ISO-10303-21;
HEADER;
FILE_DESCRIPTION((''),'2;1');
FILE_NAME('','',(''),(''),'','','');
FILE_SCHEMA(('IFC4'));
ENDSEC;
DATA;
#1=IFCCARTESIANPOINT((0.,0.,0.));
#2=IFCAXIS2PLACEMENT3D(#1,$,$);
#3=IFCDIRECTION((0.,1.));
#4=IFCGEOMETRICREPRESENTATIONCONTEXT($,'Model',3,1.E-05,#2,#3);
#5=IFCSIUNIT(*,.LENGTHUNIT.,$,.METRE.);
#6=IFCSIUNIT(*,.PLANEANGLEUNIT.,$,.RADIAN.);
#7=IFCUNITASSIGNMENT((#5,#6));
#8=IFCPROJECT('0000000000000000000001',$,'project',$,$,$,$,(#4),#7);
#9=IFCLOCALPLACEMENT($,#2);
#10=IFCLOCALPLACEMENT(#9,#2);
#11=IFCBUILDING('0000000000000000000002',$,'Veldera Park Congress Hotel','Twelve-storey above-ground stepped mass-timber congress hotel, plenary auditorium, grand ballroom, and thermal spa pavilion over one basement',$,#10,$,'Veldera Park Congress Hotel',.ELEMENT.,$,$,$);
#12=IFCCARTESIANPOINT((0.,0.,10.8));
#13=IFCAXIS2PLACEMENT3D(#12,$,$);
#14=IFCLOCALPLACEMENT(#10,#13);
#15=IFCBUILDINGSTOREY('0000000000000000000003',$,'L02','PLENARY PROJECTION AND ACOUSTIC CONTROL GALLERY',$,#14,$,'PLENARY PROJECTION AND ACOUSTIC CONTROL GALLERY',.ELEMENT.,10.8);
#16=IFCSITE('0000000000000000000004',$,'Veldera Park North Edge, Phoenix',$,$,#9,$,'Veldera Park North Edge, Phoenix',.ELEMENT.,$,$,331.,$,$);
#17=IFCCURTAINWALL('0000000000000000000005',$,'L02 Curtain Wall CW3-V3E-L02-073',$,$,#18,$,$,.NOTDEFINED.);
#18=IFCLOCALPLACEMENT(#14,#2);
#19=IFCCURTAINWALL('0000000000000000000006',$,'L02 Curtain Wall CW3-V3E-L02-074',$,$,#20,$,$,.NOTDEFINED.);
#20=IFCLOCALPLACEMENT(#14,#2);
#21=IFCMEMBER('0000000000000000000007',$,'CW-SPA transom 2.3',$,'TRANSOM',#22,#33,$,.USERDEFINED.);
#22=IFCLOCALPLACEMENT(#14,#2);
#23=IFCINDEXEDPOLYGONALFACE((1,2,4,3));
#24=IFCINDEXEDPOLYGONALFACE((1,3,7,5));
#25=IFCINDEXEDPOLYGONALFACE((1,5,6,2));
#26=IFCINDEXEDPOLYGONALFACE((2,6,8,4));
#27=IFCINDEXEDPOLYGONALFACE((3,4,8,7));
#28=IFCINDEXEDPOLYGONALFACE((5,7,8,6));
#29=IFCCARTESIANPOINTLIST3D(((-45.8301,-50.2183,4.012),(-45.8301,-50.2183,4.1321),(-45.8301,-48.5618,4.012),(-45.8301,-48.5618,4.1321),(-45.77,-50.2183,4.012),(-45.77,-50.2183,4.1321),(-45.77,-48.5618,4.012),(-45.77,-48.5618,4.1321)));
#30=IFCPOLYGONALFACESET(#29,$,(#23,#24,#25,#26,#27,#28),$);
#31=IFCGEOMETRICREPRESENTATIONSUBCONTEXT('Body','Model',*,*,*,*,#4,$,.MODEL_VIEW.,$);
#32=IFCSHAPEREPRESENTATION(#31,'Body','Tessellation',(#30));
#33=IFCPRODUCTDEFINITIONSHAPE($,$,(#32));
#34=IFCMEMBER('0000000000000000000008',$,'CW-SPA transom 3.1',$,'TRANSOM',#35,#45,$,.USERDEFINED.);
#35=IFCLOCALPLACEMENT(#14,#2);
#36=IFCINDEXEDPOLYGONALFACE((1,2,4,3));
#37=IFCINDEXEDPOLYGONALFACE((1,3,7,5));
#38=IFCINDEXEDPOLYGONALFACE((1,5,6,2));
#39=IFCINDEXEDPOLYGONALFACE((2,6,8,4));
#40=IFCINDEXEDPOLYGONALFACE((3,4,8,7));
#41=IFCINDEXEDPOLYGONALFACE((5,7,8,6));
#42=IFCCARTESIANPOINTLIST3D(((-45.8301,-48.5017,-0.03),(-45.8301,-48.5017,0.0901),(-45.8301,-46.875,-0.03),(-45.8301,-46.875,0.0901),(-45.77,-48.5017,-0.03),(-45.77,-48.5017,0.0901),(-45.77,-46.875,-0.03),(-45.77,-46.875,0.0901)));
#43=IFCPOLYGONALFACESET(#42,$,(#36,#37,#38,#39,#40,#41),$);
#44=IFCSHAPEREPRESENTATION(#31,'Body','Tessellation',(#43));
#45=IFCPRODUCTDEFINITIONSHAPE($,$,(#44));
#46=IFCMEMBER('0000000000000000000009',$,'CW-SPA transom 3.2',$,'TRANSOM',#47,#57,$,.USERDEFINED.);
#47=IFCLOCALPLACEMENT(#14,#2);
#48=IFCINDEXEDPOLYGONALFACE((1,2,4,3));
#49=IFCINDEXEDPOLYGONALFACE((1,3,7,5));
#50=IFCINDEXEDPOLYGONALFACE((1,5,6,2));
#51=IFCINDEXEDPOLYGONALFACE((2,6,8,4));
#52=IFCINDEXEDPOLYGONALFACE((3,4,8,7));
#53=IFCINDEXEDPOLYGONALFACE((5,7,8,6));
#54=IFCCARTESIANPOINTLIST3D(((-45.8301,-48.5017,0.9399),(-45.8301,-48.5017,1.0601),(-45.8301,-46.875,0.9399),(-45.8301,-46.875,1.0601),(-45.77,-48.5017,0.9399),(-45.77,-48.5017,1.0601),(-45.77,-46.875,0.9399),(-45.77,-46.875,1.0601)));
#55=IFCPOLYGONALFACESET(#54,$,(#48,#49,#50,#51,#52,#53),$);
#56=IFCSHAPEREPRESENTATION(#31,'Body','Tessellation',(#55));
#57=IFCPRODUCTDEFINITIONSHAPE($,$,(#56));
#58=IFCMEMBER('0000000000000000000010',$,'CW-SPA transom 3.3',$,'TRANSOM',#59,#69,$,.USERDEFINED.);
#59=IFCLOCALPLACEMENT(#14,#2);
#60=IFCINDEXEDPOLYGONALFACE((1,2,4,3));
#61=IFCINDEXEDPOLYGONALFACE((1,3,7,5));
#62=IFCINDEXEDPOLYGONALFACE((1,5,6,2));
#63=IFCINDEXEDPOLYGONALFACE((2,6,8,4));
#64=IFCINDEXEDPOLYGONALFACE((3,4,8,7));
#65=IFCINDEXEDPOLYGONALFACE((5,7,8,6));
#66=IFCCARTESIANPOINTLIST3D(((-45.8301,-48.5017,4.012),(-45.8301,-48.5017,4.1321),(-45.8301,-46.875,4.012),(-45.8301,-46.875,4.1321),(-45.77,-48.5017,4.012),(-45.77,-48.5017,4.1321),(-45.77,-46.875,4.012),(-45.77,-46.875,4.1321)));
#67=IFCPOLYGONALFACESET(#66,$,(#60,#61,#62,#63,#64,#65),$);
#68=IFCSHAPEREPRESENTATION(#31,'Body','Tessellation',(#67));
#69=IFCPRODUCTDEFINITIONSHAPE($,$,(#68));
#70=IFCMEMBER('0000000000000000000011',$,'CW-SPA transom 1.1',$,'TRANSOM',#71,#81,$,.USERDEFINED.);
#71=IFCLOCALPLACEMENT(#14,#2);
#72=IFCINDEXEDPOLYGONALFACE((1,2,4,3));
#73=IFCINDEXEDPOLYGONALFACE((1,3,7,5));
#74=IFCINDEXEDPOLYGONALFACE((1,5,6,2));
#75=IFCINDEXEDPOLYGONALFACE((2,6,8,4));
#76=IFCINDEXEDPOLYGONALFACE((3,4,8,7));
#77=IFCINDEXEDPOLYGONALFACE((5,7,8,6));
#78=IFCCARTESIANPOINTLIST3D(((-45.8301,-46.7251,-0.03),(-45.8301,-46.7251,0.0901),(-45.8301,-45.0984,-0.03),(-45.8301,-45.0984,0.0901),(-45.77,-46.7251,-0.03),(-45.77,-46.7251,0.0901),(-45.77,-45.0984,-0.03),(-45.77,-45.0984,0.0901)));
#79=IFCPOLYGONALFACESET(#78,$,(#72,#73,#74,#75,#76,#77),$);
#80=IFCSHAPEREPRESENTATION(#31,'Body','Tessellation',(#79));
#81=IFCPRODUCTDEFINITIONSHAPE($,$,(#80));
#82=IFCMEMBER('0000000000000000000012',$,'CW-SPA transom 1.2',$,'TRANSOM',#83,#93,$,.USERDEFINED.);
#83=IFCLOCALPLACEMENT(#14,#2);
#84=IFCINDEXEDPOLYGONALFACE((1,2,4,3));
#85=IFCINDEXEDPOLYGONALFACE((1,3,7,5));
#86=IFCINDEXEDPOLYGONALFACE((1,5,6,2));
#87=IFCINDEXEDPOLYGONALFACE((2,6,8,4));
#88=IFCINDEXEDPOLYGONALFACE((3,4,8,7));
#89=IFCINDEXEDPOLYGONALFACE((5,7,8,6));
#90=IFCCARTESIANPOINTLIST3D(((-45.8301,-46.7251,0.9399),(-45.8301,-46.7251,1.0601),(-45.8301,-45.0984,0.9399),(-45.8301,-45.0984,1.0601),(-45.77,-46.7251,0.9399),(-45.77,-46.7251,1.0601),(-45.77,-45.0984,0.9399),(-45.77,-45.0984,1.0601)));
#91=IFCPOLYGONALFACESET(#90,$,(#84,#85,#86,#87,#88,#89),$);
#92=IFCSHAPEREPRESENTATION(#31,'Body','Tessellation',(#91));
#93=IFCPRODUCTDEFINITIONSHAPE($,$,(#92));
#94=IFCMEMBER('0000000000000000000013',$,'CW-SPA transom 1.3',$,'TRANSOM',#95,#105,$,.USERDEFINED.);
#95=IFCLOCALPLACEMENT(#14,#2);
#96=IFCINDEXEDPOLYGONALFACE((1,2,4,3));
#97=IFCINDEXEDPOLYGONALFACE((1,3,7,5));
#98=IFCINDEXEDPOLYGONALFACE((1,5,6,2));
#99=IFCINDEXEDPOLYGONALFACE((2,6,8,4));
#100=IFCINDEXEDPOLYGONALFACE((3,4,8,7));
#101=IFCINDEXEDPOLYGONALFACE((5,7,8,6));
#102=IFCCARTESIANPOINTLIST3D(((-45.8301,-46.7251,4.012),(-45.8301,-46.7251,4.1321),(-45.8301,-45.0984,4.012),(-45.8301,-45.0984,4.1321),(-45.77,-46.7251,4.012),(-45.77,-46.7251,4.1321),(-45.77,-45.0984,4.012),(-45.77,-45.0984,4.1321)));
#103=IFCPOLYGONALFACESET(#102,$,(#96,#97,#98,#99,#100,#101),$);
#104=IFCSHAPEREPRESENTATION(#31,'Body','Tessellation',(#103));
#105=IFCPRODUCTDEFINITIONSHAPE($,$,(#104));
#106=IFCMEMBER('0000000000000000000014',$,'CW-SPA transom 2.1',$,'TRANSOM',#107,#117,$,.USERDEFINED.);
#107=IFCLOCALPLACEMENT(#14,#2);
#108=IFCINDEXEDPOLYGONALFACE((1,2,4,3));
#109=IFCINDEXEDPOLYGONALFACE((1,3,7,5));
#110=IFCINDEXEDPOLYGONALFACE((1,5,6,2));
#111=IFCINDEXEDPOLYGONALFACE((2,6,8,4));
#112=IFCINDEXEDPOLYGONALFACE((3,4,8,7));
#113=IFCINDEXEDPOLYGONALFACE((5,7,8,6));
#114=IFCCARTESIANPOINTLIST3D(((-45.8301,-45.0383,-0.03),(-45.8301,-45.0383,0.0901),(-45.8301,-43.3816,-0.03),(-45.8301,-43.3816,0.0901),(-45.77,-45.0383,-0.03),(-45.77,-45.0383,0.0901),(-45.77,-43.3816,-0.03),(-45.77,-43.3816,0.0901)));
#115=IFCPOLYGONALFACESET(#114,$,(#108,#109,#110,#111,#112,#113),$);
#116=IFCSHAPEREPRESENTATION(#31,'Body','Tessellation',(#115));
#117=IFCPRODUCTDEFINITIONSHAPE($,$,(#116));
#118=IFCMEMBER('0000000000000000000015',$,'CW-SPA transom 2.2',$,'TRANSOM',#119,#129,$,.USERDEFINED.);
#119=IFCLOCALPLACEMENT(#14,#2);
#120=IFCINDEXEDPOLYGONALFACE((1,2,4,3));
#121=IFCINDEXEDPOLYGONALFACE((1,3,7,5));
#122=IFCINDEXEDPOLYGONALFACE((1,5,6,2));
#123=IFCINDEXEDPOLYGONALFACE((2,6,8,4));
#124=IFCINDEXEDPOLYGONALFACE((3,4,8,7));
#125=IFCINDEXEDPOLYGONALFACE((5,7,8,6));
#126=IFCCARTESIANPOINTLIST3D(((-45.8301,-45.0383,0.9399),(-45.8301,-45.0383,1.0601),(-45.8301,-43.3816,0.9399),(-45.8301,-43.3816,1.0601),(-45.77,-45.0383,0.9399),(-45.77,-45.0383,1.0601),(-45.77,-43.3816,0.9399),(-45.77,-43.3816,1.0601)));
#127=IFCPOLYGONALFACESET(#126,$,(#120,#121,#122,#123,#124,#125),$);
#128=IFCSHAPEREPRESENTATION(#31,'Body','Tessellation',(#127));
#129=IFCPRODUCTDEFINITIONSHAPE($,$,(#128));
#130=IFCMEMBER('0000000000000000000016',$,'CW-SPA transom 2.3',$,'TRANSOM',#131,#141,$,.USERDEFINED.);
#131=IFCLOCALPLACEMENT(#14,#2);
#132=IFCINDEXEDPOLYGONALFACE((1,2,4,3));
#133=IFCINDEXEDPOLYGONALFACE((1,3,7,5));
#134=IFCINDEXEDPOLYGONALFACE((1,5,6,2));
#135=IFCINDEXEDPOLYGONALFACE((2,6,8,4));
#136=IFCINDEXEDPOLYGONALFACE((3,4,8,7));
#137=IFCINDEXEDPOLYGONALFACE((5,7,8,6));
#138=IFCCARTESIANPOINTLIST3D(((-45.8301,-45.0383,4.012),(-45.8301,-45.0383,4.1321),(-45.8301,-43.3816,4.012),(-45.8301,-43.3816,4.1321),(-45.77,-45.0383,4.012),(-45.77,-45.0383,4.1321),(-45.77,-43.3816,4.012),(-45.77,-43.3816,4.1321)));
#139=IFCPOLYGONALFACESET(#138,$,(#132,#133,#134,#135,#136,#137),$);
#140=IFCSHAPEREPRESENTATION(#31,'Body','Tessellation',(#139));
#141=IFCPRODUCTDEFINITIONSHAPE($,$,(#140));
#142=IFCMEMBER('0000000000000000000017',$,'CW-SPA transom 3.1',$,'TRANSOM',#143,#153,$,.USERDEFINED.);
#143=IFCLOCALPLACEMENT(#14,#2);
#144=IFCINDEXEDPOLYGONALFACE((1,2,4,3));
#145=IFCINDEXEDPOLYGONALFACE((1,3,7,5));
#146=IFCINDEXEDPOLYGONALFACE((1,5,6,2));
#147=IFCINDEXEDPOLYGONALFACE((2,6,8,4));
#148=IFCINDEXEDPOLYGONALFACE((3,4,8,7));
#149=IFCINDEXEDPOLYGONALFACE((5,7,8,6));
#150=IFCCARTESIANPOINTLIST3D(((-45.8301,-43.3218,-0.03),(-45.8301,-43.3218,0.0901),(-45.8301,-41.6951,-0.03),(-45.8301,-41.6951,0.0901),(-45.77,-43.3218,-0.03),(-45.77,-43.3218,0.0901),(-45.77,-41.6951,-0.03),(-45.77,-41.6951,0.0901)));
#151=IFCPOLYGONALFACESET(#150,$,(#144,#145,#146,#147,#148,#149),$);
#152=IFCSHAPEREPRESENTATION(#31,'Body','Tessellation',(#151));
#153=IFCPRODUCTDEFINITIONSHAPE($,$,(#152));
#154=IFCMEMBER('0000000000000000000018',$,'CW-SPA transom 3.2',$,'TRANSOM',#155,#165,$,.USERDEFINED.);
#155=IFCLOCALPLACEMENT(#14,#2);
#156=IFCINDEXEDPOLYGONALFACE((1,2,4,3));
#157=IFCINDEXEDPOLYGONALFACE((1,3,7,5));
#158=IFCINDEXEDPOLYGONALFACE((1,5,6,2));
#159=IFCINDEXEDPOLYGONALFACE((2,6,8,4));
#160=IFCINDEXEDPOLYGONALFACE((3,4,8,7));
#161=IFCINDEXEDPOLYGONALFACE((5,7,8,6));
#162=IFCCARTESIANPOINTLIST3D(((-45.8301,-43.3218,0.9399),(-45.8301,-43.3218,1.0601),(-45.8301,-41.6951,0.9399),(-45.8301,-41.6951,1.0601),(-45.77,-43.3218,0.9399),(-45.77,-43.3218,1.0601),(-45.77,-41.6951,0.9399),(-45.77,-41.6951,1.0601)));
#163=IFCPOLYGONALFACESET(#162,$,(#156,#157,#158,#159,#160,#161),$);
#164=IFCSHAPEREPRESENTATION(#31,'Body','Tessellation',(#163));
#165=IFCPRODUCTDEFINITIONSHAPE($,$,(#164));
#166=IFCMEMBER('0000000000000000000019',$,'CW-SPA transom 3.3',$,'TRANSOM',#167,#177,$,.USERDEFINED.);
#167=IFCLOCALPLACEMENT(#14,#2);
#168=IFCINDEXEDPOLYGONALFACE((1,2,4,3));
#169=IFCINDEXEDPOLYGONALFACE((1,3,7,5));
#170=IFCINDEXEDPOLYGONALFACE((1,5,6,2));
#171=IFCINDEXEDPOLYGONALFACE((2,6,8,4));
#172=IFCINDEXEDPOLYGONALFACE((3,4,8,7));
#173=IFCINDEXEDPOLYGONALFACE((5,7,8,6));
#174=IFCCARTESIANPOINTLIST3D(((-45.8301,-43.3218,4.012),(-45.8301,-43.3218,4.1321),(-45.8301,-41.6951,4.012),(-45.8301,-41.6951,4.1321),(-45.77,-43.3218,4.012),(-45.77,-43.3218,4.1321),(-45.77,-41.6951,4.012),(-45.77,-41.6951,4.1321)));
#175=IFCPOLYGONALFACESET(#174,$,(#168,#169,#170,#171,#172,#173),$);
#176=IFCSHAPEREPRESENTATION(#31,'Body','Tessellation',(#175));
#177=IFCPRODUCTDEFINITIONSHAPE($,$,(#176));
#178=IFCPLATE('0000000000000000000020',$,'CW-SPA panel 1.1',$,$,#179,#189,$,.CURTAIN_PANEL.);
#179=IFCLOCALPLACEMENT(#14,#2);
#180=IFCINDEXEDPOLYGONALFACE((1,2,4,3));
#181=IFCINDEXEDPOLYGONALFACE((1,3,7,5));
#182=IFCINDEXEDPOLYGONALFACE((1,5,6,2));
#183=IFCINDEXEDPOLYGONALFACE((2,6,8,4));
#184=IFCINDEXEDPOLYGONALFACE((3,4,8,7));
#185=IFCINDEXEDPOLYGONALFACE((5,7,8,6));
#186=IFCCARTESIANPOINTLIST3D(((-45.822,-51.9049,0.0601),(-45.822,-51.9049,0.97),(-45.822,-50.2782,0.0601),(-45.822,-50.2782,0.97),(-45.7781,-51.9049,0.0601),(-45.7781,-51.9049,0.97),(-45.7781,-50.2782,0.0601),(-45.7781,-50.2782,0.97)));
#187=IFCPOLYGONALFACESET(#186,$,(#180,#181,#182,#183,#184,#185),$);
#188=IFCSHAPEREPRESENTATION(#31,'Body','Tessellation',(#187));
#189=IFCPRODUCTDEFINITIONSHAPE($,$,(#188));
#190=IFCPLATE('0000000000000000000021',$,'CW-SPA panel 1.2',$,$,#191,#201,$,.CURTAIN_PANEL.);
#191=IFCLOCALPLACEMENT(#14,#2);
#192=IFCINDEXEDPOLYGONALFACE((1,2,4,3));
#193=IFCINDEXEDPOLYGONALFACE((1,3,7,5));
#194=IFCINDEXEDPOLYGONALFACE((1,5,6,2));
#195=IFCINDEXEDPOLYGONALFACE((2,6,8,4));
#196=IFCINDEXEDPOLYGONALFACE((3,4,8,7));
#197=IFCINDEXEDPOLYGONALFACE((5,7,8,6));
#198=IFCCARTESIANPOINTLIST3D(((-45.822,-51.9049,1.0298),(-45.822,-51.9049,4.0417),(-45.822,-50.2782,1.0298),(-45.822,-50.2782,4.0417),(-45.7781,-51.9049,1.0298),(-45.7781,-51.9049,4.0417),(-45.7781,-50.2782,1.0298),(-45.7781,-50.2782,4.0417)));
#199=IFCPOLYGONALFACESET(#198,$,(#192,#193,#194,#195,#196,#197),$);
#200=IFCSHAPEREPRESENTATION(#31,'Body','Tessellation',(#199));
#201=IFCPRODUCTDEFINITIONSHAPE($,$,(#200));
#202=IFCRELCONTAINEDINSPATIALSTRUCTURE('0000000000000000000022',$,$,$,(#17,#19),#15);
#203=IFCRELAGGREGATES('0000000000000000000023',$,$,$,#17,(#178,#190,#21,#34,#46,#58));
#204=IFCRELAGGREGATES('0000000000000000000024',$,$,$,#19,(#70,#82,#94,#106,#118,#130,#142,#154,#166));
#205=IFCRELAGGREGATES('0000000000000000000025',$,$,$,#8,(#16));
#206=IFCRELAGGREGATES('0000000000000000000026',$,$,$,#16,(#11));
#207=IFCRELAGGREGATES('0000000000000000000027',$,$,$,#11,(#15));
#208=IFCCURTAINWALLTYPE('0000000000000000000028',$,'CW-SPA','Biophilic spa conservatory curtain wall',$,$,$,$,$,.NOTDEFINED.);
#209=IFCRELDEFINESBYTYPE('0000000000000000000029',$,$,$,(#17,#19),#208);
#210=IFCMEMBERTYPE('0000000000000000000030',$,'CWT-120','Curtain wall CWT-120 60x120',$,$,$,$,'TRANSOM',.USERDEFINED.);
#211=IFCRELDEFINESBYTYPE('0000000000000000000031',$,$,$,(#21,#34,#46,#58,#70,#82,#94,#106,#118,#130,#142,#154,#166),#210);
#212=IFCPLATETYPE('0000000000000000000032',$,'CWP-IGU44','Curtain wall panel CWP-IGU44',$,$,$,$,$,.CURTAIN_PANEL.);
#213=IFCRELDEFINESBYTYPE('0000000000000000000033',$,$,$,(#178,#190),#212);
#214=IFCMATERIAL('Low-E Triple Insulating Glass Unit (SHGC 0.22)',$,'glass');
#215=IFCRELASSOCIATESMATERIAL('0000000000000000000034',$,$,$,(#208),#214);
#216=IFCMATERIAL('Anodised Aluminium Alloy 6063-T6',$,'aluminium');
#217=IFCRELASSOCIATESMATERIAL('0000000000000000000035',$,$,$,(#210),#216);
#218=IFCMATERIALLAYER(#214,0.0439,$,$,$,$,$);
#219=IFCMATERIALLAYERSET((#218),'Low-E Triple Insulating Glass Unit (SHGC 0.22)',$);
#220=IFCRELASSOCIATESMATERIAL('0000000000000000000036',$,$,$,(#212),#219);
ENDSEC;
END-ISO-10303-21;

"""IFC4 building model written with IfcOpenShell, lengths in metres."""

from ifc_helpers import new_model, si_unit, direction, frame, origin, origin_2d, place, context, subcontext, project, spatial, rectangle, extrude, material, layer, layer_set, material_profile, profile_set, type_object, element, aggregate, save


model = new_model("IFC4")

# Units and contexts
model_context = context("Model", 3, precision=1e-05, world=origin(), true_north=direction((0.0, 1.0)))
body_context = subcontext(model_context, "Body", "Model", "MODEL_VIEW")
ifc_project = project(units=[si_unit("LENGTHUNIT", "METRE"), si_unit("PLANEANGLEUNIT", "RADIAN")], contexts=[model_context])

# Site, building, storey
site_placement = place(None, origin())
site = spatial("IfcSite", under=ifc_project, at=site_placement, Name="Veldera Park North Edge, Phoenix", LongName="Veldera Park North Edge, Phoenix", CompositionType="ELEMENT", RefElevation=331.0)
building_placement = place(site_placement, origin())
building = spatial("IfcBuilding", under=site, at=building_placement, Name="Veldera Park Congress Hotel", Description="Twelve-storey above-ground stepped mass-timber congress hotel, plenary auditorium, grand ballroom, and thermal spa pavilion over one basement", LongName="Veldera Park Congress Hotel", CompositionType="ELEMENT")
storey_placement = place(building_placement, frame((0.0, 0.0, 10.8)))
storey = spatial("IfcBuildingStorey", under=building, at=storey_placement, Name="L02", Description="PLENARY PROJECTION AND ACOUSTIC CONTROL GALLERY", LongName="PLENARY PROJECTION AND ACOUSTIC CONTROL GALLERY", CompositionType="ELEMENT", Elevation=10.8)

# Curtain walls
ifc_material_1 = material(Name="Low-E Triple Insulating Glass Unit (SHGC 0.22)", Category="glass")
curtain_wall_type = type_object("IfcCurtainWallType", Name="CW-SPA", Description="Biophilic spa conservatory curtain wall", PredefinedType="NOTDEFINED", material=ifc_material_1)
curtain_wall_1_placement = place(storey_placement, origin())
curtain_wall_1 = element("IfcCurtainWall", 1, at=curtain_wall_1_placement, inside=storey, type_object=curtain_wall_type, Name="L02 Curtain Wall CW3-V3E-L02-073", PredefinedType="NOTDEFINED")
ifc_material_2 = material(Name="Anodised Aluminium Alloy 6063-T6", Category="aluminium")
curtain_wall_2_placement = place(storey_placement, origin())
curtain_wall_2 = element("IfcCurtainWall", 2, at=curtain_wall_2_placement, inside=storey, type_object=curtain_wall_type, Name="L02 Curtain Wall CW3-V3E-L02-074", PredefinedType="NOTDEFINED")

# Members
ifc_material_profile_1 = material_profile(ifc_material_2, rectangle(XDim=0.0601, YDim=0.1201, at=origin_2d()), Name="ALU 60x120")
ifc_profile_set_1 = profile_set([ifc_material_profile_1], Name="Anodised Aluminium Alloy 6063-T6")
member_type_1 = type_object("IfcMemberType", Name="CWT-120", Description="Curtain wall CWT-120 60x120", ElementType="TRANSOM", PredefinedType="USERDEFINED", material=ifc_profile_set_1)
member_1_placement = place(storey_placement, frame((-45.8, -50.2183, 4.072), z_axis=(0.0, 1.0, 0.0), x_axis=(-1.0, 0.0, 0.0)))
member_1 = element("IfcMember", 3, at=member_1_placement, type_object=member_type_1, Name="CW-SPA transom 2.3", ObjectType="TRANSOM", PredefinedType="USERDEFINED", context=body_context, shape_type="SweptSolid", body=[
    extrude(rectangle(XDim=0.0601, YDim=0.1201, at=origin_2d()), origin(), (0.0, 0.0, 1.0), 1.6565),
])
member_2_placement = place(storey_placement, frame((-45.8, -48.5017, 0.03), z_axis=(0.0, 1.0, 0.0), x_axis=(-1.0, 0.0, 0.0)))
member_2 = element("IfcMember", 4, at=member_2_placement, type_object=member_type_1, Name="CW-SPA transom 3.1", ObjectType="TRANSOM", PredefinedType="USERDEFINED", context=body_context, shape_type="SweptSolid", body=[
    extrude(rectangle(XDim=0.0601, YDim=0.1201, at=origin_2d()), origin(), (0.0, 0.0, 1.0), 1.6267),
])
member_3_placement = place(storey_placement, frame((-45.8, -48.5017, 1.0), z_axis=(0.0, 1.0, 0.0), x_axis=(-1.0, 0.0, 0.0)))
member_3 = element("IfcMember", 5, at=member_3_placement, type_object=member_type_1, Name="CW-SPA transom 3.2", ObjectType="TRANSOM", PredefinedType="USERDEFINED", context=body_context, shape_type="SweptSolid", body=[
    extrude(rectangle(XDim=0.0601, YDim=0.1201, at=origin_2d()), origin(), (0.0, 0.0, 1.0), 1.6267),
])
member_4_placement = place(storey_placement, frame((-45.8, -48.5017, 4.072), z_axis=(0.0, 1.0, 0.0), x_axis=(-1.0, 0.0, 0.0)))
member_4 = element("IfcMember", 6, at=member_4_placement, type_object=member_type_1, Name="CW-SPA transom 3.3", ObjectType="TRANSOM", PredefinedType="USERDEFINED", context=body_context, shape_type="SweptSolid", body=[
    extrude(rectangle(XDim=0.0601, YDim=0.1201, at=origin_2d()), origin(), (0.0, 0.0, 1.0), 1.6267),
])
member_5_placement = place(storey_placement, frame((-45.8, -46.7251, 0.03), z_axis=(0.0, 1.0, 0.0), x_axis=(-1.0, 0.0, 0.0)))
member_5 = element("IfcMember", 7, at=member_5_placement, type_object=member_type_1, Name="CW-SPA transom 1.1", ObjectType="TRANSOM", PredefinedType="USERDEFINED", context=body_context, shape_type="SweptSolid", body=[
    extrude(rectangle(XDim=0.0601, YDim=0.1201, at=origin_2d()), origin(), (0.0, 0.0, 1.0), 1.6267),
])
member_6_placement = place(storey_placement, frame((-45.8, -46.7251, 1.0), z_axis=(0.0, 1.0, 0.0), x_axis=(-1.0, 0.0, 0.0)))
member_6 = element("IfcMember", 8, at=member_6_placement, type_object=member_type_1, Name="CW-SPA transom 1.2", ObjectType="TRANSOM", PredefinedType="USERDEFINED", context=body_context, shape_type="SweptSolid", body=[
    extrude(rectangle(XDim=0.0601, YDim=0.1201, at=origin_2d()), origin(), (0.0, 0.0, 1.0), 1.6267),
])
member_7_placement = place(storey_placement, frame((-45.8, -46.7251, 4.072), z_axis=(0.0, 1.0, 0.0), x_axis=(-1.0, 0.0, 0.0)))
member_7 = element("IfcMember", 9, at=member_7_placement, type_object=member_type_1, Name="CW-SPA transom 1.3", ObjectType="TRANSOM", PredefinedType="USERDEFINED", context=body_context, shape_type="SweptSolid", body=[
    extrude(rectangle(XDim=0.0601, YDim=0.1201, at=origin_2d()), origin(), (0.0, 0.0, 1.0), 1.6267),
])
member_8_placement = place(storey_placement, frame((-45.8, -45.0383, 0.03), z_axis=(0.0, 1.0, 0.0), x_axis=(-1.0, 0.0, 0.0)))
member_8 = element("IfcMember", 10, at=member_8_placement, type_object=member_type_1, Name="CW-SPA transom 2.1", ObjectType="TRANSOM", PredefinedType="USERDEFINED", context=body_context, shape_type="SweptSolid", body=[
    extrude(rectangle(XDim=0.0601, YDim=0.1201, at=origin_2d()), origin(), (0.0, 0.0, 1.0), 1.6567),
])
member_9_placement = place(storey_placement, frame((-45.8, -45.0383, 1.0), z_axis=(0.0, 1.0, 0.0), x_axis=(-1.0, 0.0, 0.0)))
member_9 = element("IfcMember", 11, at=member_9_placement, type_object=member_type_1, Name="CW-SPA transom 2.2", ObjectType="TRANSOM", PredefinedType="USERDEFINED", context=body_context, shape_type="SweptSolid", body=[
    extrude(rectangle(XDim=0.0601, YDim=0.1201, at=origin_2d()), origin(), (0.0, 0.0, 1.0), 1.6567),
])
member_10_placement = place(storey_placement, frame((-45.8, -45.0383, 4.072), z_axis=(0.0, 1.0, 0.0), x_axis=(-1.0, 0.0, 0.0)))
member_10 = element("IfcMember", 12, at=member_10_placement, type_object=member_type_1, Name="CW-SPA transom 2.3", ObjectType="TRANSOM", PredefinedType="USERDEFINED", context=body_context, shape_type="SweptSolid", body=[
    extrude(rectangle(XDim=0.0601, YDim=0.1201, at=origin_2d()), origin(), (0.0, 0.0, 1.0), 1.6567),
])
member_11_placement = place(storey_placement, frame((-45.8, -43.3218, 0.03), z_axis=(0.0, 1.0, 0.0), x_axis=(-1.0, 0.0, 0.0)))
member_11 = element("IfcMember", 13, at=member_11_placement, type_object=member_type_1, Name="CW-SPA transom 3.1", ObjectType="TRANSOM", PredefinedType="USERDEFINED", context=body_context, shape_type="SweptSolid", body=[
    extrude(rectangle(XDim=0.0601, YDim=0.1201, at=origin_2d()), origin(), (0.0, 0.0, 1.0), 1.6267),
])
member_12_placement = place(storey_placement, frame((-45.8, -43.3218, 1.0), z_axis=(0.0, 1.0, 0.0), x_axis=(-1.0, 0.0, 0.0)))
member_12 = element("IfcMember", 14, at=member_12_placement, type_object=member_type_1, Name="CW-SPA transom 3.2", ObjectType="TRANSOM", PredefinedType="USERDEFINED", context=body_context, shape_type="SweptSolid", body=[
    extrude(rectangle(XDim=0.0601, YDim=0.1201, at=origin_2d()), origin(), (0.0, 0.0, 1.0), 1.6267),
])
member_13_placement = place(storey_placement, frame((-45.8, -43.3218, 4.072), z_axis=(0.0, 1.0, 0.0), x_axis=(-1.0, 0.0, 0.0)))
member_13 = element("IfcMember", 15, at=member_13_placement, type_object=member_type_1, Name="CW-SPA transom 3.3", ObjectType="TRANSOM", PredefinedType="USERDEFINED", context=body_context, shape_type="SweptSolid", body=[
    extrude(rectangle(XDim=0.0601, YDim=0.1201, at=origin_2d()), origin(), (0.0, 0.0, 1.0), 1.6267),
])

# Plates
ifc_layer = layer(ifc_material_1, 0.0439)
ifc_layer_set = layer_set([ifc_layer], Name="Low-E Triple Insulating Glass Unit (SHGC 0.22)")
plate_type = type_object("IfcPlateType", Name="CWP-IGU44", Description="Curtain wall panel CWP-IGU44", PredefinedType="CURTAIN_PANEL", material=ifc_layer_set)
plate_1_placement = place(storey_placement, frame((-45.8, -51.0916, 0.0601), z_axis=(0.0, 0.0, 1.0), x_axis=(0.0, 1.0, 0.0)))
plate_1 = element("IfcPlate", 16, at=plate_1_placement, type_object=plate_type, Name="CW-SPA panel 1.1", PredefinedType="CURTAIN_PANEL", context=body_context, shape_type="SweptSolid", body=[
    extrude(rectangle(XDim=1.6267, YDim=0.0439, at=origin_2d()), origin(), (0.0, 0.0, 1.0), 0.9099),
])
plate_2_placement = place(storey_placement, frame((-45.8, -51.0916, 1.0298), z_axis=(0.0, 0.0, 1.0), x_axis=(0.0, 1.0, 0.0)))
plate_2 = element("IfcPlate", 17, at=plate_2_placement, type_object=plate_type, Name="CW-SPA panel 1.2", PredefinedType="CURTAIN_PANEL", context=body_context, shape_type="SweptSolid", body=[
    extrude(rectangle(XDim=1.6267, YDim=0.0439, at=origin_2d()), origin(), (0.0, 0.0, 1.0), 3.012),
])
aggregate(curtain_wall_1, [plate_1, plate_2, member_1, member_2, member_3, member_4])
aggregate(curtain_wall_2, [member_5, member_6, member_7, member_8, member_9, member_10, member_11, member_12, member_13])

save(model, "model.ifc")
